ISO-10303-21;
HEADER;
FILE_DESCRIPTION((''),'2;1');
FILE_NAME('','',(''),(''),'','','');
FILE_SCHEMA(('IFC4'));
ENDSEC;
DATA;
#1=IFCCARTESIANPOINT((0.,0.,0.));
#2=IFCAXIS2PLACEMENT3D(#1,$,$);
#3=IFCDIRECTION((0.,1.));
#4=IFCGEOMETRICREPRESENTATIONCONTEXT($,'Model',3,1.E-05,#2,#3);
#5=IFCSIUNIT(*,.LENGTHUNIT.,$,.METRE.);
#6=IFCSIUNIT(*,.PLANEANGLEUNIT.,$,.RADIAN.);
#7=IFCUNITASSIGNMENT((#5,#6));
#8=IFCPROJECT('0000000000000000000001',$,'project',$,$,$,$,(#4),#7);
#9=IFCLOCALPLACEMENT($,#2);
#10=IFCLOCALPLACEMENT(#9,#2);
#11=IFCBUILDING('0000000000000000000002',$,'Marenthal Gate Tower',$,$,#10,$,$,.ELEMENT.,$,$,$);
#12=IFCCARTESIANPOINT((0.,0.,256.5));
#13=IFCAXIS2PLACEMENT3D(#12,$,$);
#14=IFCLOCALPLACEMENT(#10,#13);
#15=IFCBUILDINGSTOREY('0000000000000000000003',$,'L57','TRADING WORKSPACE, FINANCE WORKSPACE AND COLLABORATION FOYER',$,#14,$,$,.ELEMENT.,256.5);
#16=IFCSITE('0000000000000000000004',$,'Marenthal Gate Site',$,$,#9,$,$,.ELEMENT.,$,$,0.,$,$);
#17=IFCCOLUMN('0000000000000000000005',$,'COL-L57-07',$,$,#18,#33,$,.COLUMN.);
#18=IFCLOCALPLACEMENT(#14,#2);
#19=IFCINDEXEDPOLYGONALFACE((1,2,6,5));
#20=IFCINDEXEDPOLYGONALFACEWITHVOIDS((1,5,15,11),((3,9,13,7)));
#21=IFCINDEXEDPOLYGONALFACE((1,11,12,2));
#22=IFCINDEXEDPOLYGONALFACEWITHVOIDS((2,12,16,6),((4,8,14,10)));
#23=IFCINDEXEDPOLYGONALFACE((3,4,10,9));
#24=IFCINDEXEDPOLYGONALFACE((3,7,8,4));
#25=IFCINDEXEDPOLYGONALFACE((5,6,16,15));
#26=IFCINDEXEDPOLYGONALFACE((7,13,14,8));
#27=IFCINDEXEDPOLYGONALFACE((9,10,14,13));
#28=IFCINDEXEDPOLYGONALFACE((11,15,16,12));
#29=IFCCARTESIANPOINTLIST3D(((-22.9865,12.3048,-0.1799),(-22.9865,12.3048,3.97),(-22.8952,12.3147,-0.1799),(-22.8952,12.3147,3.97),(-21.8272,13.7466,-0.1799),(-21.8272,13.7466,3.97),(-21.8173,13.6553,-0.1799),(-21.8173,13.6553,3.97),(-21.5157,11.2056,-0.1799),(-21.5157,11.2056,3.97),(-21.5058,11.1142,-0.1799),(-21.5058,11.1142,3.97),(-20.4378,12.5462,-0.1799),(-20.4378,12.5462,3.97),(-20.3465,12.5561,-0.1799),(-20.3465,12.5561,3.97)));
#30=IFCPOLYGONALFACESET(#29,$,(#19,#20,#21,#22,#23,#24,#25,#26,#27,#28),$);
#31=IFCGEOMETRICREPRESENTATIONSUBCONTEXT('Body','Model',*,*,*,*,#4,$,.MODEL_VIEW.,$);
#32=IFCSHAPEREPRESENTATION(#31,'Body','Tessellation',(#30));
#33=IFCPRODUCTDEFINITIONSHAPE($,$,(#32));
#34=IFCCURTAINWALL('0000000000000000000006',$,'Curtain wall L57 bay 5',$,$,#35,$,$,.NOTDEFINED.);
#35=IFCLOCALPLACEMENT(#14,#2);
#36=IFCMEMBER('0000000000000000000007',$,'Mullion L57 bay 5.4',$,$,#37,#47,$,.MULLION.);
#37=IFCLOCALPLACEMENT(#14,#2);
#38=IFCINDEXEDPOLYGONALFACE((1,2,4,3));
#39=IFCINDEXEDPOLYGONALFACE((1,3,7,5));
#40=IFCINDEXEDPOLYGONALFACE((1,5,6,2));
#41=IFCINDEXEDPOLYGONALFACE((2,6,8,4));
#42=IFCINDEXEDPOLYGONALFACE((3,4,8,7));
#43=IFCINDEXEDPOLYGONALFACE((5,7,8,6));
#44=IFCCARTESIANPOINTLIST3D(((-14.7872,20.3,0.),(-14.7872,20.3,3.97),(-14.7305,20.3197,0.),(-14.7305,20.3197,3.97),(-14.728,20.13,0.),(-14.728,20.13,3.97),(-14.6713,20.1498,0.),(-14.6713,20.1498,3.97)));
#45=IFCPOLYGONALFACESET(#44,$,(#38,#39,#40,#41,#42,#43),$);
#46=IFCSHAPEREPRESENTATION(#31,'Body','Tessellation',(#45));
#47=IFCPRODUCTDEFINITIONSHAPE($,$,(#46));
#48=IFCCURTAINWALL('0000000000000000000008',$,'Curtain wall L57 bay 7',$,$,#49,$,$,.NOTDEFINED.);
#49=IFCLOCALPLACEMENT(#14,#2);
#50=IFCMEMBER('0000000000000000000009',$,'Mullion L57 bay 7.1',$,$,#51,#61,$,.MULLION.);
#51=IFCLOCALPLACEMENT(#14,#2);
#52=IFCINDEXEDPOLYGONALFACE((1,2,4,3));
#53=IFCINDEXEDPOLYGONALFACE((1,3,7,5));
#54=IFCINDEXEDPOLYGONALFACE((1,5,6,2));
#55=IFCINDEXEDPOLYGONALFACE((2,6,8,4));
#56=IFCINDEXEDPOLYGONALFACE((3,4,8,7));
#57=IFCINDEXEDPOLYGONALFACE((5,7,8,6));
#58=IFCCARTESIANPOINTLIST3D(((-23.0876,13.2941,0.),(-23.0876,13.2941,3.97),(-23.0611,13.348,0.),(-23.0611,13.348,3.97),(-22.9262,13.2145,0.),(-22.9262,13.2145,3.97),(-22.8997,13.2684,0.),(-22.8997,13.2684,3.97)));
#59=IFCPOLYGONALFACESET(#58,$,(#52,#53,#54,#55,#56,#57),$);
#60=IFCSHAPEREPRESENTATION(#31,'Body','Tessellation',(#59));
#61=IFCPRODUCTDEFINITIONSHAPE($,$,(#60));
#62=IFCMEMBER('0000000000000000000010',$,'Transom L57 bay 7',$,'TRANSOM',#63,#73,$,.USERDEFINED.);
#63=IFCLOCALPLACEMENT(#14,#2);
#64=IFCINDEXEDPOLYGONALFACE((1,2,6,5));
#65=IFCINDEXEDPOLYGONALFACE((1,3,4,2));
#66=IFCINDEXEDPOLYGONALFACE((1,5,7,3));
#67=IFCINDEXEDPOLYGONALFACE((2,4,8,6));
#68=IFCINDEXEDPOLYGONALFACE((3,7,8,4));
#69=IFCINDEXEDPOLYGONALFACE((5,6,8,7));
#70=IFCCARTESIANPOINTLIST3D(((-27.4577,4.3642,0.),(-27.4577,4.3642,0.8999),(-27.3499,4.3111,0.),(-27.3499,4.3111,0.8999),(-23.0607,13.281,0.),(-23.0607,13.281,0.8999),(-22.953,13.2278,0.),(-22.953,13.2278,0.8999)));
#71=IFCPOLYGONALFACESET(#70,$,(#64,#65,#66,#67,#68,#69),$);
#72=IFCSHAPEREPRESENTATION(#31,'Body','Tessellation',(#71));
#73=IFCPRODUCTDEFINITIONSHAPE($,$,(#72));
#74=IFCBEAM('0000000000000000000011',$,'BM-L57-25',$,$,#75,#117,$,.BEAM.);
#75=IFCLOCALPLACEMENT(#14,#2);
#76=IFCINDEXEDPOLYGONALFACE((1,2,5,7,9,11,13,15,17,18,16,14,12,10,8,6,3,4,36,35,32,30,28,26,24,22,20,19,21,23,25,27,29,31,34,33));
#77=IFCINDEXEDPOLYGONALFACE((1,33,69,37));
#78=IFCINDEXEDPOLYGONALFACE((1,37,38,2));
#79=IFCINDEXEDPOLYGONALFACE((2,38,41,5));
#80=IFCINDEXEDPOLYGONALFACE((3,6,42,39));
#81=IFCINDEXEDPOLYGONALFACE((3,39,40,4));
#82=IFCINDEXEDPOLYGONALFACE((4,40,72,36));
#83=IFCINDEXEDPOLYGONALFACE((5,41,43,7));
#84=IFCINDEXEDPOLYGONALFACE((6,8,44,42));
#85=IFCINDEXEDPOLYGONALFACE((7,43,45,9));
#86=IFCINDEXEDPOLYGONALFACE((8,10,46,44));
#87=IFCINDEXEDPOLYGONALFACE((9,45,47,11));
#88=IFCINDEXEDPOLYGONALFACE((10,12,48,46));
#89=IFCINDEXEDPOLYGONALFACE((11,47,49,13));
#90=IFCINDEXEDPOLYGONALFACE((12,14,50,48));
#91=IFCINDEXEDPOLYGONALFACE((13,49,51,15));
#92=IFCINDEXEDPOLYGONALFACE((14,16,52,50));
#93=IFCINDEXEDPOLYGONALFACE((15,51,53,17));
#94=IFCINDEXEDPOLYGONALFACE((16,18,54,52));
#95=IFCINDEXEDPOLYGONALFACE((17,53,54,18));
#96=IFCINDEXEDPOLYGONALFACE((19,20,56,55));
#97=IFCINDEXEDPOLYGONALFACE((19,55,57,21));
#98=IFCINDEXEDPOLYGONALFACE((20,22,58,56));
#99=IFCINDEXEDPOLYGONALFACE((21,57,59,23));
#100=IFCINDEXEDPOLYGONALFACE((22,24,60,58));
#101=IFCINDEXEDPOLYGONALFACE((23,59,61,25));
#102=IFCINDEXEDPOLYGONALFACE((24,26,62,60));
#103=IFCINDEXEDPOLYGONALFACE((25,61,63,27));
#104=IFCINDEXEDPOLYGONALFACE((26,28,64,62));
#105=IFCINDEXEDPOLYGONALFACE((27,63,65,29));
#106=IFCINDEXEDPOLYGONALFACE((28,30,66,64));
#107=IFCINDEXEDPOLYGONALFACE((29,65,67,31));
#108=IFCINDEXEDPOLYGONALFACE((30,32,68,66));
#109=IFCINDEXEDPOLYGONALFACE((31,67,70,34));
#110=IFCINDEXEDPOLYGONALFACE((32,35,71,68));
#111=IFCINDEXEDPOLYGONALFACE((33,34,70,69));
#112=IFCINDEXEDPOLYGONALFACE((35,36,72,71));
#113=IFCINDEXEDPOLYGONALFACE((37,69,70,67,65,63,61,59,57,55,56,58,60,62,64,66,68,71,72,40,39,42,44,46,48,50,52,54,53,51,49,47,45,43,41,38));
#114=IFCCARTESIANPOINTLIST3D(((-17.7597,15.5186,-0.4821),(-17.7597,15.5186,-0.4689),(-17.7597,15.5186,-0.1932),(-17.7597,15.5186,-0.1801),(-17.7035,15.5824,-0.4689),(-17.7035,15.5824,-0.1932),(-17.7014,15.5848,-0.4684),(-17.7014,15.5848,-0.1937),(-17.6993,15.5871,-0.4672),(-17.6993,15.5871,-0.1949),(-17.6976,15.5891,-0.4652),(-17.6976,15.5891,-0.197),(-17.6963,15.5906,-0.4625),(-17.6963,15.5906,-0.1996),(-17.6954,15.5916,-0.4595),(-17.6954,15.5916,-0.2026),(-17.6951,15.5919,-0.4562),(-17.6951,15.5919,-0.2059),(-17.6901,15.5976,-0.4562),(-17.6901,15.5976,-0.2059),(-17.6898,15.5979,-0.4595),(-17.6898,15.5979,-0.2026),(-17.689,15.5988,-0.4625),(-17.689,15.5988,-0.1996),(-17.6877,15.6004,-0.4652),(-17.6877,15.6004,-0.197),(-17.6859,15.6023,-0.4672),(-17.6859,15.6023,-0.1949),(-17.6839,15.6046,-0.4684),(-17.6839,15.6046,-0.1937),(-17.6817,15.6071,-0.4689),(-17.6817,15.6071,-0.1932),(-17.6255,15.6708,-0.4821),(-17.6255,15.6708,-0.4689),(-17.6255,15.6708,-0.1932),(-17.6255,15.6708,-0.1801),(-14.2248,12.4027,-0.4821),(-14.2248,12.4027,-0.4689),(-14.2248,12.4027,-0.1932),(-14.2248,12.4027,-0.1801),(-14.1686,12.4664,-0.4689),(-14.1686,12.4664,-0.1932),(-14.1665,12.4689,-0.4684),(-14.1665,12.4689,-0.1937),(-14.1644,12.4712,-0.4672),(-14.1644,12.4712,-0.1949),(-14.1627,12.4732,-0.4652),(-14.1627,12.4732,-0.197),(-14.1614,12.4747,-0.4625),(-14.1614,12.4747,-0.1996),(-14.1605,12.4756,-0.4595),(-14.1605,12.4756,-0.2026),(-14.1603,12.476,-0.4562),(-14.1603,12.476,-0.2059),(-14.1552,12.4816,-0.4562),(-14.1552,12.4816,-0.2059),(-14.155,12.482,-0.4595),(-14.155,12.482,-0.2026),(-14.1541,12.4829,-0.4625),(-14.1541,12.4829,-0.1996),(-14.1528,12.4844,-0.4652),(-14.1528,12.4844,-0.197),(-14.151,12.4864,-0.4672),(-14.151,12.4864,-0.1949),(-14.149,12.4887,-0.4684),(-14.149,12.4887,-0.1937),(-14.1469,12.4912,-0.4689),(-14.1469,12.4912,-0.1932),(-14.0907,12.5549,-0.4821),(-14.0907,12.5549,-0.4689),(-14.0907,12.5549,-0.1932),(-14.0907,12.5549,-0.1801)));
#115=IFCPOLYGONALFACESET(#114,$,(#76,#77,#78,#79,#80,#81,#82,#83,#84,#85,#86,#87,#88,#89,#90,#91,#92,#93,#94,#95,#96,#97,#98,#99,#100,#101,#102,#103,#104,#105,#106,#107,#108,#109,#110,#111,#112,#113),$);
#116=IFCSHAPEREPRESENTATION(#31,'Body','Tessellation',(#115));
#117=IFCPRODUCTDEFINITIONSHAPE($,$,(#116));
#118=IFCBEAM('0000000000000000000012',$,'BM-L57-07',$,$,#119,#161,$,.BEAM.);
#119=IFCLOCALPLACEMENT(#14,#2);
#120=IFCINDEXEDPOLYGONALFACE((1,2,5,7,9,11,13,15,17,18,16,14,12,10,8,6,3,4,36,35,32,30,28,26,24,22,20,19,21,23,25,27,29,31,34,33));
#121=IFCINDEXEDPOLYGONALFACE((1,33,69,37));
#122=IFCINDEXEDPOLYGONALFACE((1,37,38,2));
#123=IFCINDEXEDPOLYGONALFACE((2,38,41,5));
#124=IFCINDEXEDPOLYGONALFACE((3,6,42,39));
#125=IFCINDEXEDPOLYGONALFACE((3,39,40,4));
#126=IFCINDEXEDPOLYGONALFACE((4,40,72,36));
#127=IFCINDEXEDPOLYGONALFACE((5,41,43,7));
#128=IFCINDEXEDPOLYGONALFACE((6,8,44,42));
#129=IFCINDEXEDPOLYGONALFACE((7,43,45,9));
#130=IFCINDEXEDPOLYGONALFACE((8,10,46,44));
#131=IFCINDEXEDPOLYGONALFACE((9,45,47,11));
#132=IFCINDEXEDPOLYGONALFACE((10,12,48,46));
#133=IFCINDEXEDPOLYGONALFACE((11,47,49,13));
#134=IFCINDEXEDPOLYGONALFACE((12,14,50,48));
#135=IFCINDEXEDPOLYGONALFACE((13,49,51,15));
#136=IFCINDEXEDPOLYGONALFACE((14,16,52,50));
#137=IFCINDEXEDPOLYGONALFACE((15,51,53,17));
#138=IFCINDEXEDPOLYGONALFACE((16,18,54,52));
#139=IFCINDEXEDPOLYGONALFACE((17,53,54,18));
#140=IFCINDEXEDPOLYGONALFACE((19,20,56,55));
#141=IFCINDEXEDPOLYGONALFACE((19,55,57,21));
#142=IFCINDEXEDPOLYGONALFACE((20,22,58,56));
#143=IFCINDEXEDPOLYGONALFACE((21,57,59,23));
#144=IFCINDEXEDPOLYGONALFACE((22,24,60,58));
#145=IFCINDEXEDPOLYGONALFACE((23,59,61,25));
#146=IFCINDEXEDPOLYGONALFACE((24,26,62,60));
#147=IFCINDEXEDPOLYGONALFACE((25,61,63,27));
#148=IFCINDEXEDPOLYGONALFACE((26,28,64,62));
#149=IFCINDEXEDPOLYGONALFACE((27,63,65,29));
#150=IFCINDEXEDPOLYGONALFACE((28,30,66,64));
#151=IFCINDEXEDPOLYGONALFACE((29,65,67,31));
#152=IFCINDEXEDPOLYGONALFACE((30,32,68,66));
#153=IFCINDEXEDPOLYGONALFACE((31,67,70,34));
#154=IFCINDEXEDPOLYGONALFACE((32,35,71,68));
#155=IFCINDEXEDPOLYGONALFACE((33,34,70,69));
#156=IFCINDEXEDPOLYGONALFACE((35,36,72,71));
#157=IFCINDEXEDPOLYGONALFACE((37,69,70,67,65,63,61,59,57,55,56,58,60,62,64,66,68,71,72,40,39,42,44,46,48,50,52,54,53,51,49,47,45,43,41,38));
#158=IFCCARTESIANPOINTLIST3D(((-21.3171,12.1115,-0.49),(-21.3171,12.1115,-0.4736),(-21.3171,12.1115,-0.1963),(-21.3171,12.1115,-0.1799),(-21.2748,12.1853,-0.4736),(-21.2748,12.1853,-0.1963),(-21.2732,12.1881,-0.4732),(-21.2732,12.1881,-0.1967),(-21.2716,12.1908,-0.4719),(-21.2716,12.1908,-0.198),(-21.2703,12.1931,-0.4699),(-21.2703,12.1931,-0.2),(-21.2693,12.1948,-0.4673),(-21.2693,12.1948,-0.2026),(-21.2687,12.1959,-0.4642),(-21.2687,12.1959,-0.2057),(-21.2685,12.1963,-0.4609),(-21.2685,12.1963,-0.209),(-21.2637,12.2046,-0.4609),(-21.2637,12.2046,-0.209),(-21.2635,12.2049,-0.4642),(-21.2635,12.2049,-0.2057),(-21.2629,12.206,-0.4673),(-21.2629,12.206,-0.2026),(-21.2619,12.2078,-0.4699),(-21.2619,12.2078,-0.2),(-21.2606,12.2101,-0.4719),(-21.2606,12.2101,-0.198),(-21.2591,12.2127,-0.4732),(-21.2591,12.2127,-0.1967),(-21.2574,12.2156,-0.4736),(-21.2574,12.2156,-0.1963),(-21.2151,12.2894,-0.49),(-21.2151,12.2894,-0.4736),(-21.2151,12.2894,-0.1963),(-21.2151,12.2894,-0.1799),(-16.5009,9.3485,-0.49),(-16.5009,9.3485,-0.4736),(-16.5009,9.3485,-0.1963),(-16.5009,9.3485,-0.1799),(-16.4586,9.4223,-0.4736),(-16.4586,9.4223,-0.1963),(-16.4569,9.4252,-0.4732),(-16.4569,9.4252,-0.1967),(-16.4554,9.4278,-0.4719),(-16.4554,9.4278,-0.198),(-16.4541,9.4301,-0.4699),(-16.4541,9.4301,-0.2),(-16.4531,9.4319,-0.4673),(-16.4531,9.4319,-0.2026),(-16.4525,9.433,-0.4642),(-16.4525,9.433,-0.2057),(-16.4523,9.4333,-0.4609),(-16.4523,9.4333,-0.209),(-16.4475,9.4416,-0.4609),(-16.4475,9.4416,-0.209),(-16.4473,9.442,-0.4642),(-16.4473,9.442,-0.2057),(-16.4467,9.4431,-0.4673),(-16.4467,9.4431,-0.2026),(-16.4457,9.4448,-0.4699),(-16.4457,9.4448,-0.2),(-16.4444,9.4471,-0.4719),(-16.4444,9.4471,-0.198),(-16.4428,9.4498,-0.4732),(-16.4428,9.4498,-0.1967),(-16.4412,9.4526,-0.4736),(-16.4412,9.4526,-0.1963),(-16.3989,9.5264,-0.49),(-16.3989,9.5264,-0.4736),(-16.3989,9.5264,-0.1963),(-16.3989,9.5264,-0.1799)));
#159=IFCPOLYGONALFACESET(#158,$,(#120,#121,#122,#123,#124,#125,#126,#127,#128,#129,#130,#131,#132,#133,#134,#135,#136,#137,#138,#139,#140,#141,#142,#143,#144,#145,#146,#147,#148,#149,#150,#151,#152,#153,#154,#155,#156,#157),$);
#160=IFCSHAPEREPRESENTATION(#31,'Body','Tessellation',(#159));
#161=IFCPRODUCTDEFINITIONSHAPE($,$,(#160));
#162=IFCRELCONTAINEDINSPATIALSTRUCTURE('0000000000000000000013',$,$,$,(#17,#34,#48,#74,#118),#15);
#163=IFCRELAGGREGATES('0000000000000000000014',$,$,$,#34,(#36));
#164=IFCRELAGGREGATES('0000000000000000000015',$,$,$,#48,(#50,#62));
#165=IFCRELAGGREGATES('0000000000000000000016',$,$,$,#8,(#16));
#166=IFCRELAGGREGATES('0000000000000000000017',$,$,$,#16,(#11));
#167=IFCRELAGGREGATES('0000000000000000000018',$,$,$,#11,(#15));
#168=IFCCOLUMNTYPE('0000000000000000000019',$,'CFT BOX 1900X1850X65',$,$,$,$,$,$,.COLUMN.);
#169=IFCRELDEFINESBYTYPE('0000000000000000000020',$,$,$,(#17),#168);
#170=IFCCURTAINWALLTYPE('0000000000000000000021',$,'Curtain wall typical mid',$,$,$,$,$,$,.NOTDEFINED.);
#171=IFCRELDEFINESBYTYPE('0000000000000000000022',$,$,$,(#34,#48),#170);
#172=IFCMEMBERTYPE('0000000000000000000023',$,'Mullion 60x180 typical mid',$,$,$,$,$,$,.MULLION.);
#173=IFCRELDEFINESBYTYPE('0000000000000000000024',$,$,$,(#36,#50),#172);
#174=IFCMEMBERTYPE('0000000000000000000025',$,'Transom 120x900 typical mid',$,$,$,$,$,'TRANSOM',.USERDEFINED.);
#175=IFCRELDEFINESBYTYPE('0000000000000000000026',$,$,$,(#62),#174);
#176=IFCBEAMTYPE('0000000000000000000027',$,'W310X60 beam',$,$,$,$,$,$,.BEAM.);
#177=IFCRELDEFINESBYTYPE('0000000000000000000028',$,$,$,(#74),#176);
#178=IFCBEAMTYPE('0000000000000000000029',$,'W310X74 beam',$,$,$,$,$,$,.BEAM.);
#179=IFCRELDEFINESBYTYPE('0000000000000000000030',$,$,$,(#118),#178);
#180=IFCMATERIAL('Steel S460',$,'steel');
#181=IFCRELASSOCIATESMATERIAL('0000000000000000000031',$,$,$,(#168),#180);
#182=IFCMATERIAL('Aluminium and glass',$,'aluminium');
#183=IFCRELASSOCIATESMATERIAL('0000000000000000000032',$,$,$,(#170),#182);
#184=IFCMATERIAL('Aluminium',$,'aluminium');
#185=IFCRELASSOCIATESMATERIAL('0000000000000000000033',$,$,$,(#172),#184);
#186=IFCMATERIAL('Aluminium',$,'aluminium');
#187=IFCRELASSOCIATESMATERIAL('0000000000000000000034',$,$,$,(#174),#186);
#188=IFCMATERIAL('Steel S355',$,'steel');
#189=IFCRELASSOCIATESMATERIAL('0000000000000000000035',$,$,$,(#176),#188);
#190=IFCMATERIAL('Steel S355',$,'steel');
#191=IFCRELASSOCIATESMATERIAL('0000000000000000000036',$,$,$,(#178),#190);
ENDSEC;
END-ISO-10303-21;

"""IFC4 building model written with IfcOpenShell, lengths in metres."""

from ifc_helpers import new_model, si_unit, direction, frame, origin, origin_2d, place, context, subcontext, project, spatial, rectangle, hollow_rectangle, i_section, extrude, material, material_profile, profile_set, type_object, element, aggregate, save


model = new_model("IFC4")

# Units and contexts
model_context = context("Model", 3, precision=1e-05, world=origin(), true_north=direction((0.0, 1.0)))
body_context = subcontext(model_context, "Body", "Model", "MODEL_VIEW")
ifc_project = project(units=[si_unit("LENGTHUNIT", "METRE"), si_unit("PLANEANGLEUNIT", "RADIAN")], contexts=[model_context])

# Site, building, storey
site_placement = place(None, origin())
site = spatial("IfcSite", under=ifc_project, at=site_placement, Name="Marenthal Gate Site", CompositionType="ELEMENT", RefElevation=0.0)
building_placement = place(site_placement, origin())
building = spatial("IfcBuilding", under=site, at=building_placement, Name="Marenthal Gate Tower", CompositionType="ELEMENT")
storey_placement = place(building_placement, frame((0.0, 0.0, 256.5)))
storey = spatial("IfcBuildingStorey", under=building, at=storey_placement, Name="L57", Description="TRADING WORKSPACE, FINANCE WORKSPACE AND COLLABORATION FOYER", CompositionType="ELEMENT", Elevation=256.5)

# Column
ifc_material_1 = material(Name="Steel S460", Category="steel")
ifc_material_profile_1 = material_profile(ifc_material_1, hollow_rectangle(XDim=1.8501, YDim=1.8999, WallThickness=0.0649, at=origin_2d()), Name="CFT BOX 1900X1850X65")
ifc_material_2 = material(Name="Concrete 70 MPa", Category="concrete")
ifc_material_profile_2 = material_profile(ifc_material_2, rectangle(XDim=1.72, YDim=1.77, at=origin_2d()), Name="CFT BOX 1900X1850X65 INFILL")
ifc_profile_set_1 = profile_set([ifc_material_profile_1, ifc_material_profile_2], Name="Steel S460 shell, Concrete 70 MPa infill")
column_type = type_object("IfcColumnType", Name="CFT BOX 1900X1850X65", PredefinedType="COLUMN", material=ifc_profile_set_1)
column_placement = place(storey_placement, frame((-21.6665, 12.4304, -0.1799), z_axis=(0.0, 0.0, 1.0), x_axis=(0.626615, 0.779329, 0.0)))
element("IfcColumn", 1, at=column_placement, inside=storey, type_object=column_type, Name="COL-L57-07", PredefinedType="COLUMN", context=body_context, shape_type="SweptSolid", body=[
    extrude(hollow_rectangle(XDim=1.8501, YDim=1.8999, WallThickness=0.0649, at=origin_2d()), origin(), (0.0, 0.0, 1.0), 4.1499),
])

# Curtain wall, member
ifc_material_3 = material(Name="Aluminium and glass", Category="aluminium")
curtain_wall_type = type_object("IfcCurtainWallType", Name="Curtain wall typical mid", PredefinedType="NOTDEFINED", material=ifc_material_3)
curtain_wall_1_placement = place(storey_placement, origin())
curtain_wall_1 = element("IfcCurtainWall", 2, at=curtain_wall_1_placement, inside=storey, type_object=curtain_wall_type, Name="Curtain wall L57 bay 5", PredefinedType="NOTDEFINED")
ifc_material_4 = material(Name="Aluminium", Category="aluminium")
ifc_material_profile_3 = material_profile(ifc_material_4, rectangle(XDim=0.1799, YDim=0.0601, at=origin_2d()), Name="60x180 aluminium mullion")
ifc_profile_set_2 = profile_set([ifc_material_profile_3], Name="Aluminium")
member_type_1 = type_object("IfcMemberType", Name="Mullion 60x180 typical mid", PredefinedType="MULLION", material=ifc_profile_set_2)
member_1_placement = place(storey_placement, frame((-14.7292, 20.2249, 0.0), z_axis=(0.0, 0.0, 1.0), x_axis=(0.328612, -0.944465, 0.0)))
member_1 = element("IfcMember", 3, at=member_1_placement, type_object=member_type_1, Name="Mullion L57 bay 5.4", PredefinedType="MULLION", context=body_context, shape_type="SweptSolid", body=[
    extrude(rectangle(XDim=0.1799, YDim=0.0601, at=origin_2d()), origin(), (0.0, 0.0, 1.0), 3.97),
])
aggregate(curtain_wall_1, [member_1])

# Curtain wall, members
curtain_wall_2_placement = place(storey_placement, origin())
curtain_wall_2 = element("IfcCurtainWall", 4, at=curtain_wall_2_placement, inside=storey, type_object=curtain_wall_type, Name="Curtain wall L57 bay 7", PredefinedType="NOTDEFINED")
member_2_placement = place(storey_placement, frame((-22.9937, 13.2812, 0.0), z_axis=(0.0, 0.0, 1.0), x_axis=(0.896882, -0.442269, 0.0)))
member_2 = element("IfcMember", 5, at=member_2_placement, type_object=member_type_1, Name="Mullion L57 bay 7.1", PredefinedType="MULLION", context=body_context, shape_type="SweptSolid", body=[
    extrude(rectangle(XDim=0.1799, YDim=0.0601, at=origin_2d()), origin(), (0.0, 0.0, 1.0), 3.97),
])
ifc_material_5 = material(Name="Aluminium", Category="aluminium")
ifc_material_profile_4 = material_profile(ifc_material_5, rectangle(XDim=0.1201, YDim=0.8999, at=origin_2d()), Name="120x900 aluminium transom")
ifc_profile_set_3 = profile_set([ifc_material_profile_4], Name="Aluminium")
member_type_2 = type_object("IfcMemberType", Name="Transom 120x900 typical mid", ElementType="TRANSOM", PredefinedType="USERDEFINED", material=ifc_profile_set_3)
member_3_placement = place(storey_placement, frame((-23.0068, 13.2544, 0.45), z_axis=(-0.442266, -0.896884, 0.0), x_axis=(0.896884, -0.442266, 0.0)))
member_3 = element("IfcMember", 6, at=member_3_placement, type_object=member_type_2, Name="Transom L57 bay 7", ObjectType="TRANSOM", PredefinedType="USERDEFINED", context=body_context, shape_type="SweptSolid", body=[
    extrude(rectangle(XDim=0.1201, YDim=0.8999, at=origin_2d()), origin(), (0.0, 0.0, 1.0), 9.9419),
])

# Beams
ifc_material_6 = material(Name="Steel S355", Category="steel")
ifc_material_profile_5 = material_profile(ifc_material_6, i_section(OverallWidth=0.2029, OverallDepth=0.302, WebThickness=0.0076, FlangeThickness=0.0132, FilletRadius=0.0127, at=origin_2d()), Name="W310X60")
ifc_profile_set_4 = profile_set([ifc_material_profile_5], Name="Steel S355")
beam_type_1 = type_object("IfcBeamType", Name="W310X60 beam", PredefinedType="BEAM", material=ifc_profile_set_4)
beam_1_placement = place(storey_placement, frame((-17.6926, 15.5947, -0.3311), z_axis=(0.750161, -0.661255, 0.0), x_axis=(0.661255, 0.750161, 0.0)))
element("IfcBeam", 7, at=beam_1_placement, inside=storey, type_object=beam_type_1, Name="BM-L57-25", PredefinedType="BEAM", context=body_context, shape_type="SweptSolid", body=[
    extrude(i_section(OverallWidth=0.2029, OverallDepth=0.302, WebThickness=0.0076, FlangeThickness=0.0132, FilletRadius=0.0127, at=origin_2d()), origin(), (0.0, 0.0, 1.0), 4.7122),
])
ifc_material_7 = material(Name="Steel S355", Category="steel")
ifc_material_profile_6 = material_profile(ifc_material_7, i_section(OverallWidth=0.2051, OverallDepth=0.3101, WebThickness=0.0095, FlangeThickness=0.0164, FilletRadius=0.0127, at=origin_2d()), Name="W310X74")
ifc_profile_set_5 = profile_set([ifc_material_profile_6], Name="Steel S355")
beam_type_2 = type_object("IfcBeamType", Name="W310X74 beam", PredefinedType="BEAM", material=ifc_profile_set_5)
beam_2_placement = place(storey_placement, frame((-21.2661, 12.2004, -0.335), z_axis=(0.8674, -0.497611, 0.0), x_axis=(0.497611, 0.8674, 0.0)))
element("IfcBeam", 8, at=beam_2_placement, inside=storey, type_object=beam_type_2, Name="BM-L57-07", PredefinedType="BEAM", context=body_context, shape_type="SweptSolid", body=[
    extrude(i_section(OverallWidth=0.2051, OverallDepth=0.3101, WebThickness=0.0095, FlangeThickness=0.0164, FilletRadius=0.0127, at=origin_2d()), origin(), (0.0, 0.0, 1.0), 5.5525),
])

aggregate(curtain_wall_2, [member_2, member_3])

save(model, "model.ifc")
